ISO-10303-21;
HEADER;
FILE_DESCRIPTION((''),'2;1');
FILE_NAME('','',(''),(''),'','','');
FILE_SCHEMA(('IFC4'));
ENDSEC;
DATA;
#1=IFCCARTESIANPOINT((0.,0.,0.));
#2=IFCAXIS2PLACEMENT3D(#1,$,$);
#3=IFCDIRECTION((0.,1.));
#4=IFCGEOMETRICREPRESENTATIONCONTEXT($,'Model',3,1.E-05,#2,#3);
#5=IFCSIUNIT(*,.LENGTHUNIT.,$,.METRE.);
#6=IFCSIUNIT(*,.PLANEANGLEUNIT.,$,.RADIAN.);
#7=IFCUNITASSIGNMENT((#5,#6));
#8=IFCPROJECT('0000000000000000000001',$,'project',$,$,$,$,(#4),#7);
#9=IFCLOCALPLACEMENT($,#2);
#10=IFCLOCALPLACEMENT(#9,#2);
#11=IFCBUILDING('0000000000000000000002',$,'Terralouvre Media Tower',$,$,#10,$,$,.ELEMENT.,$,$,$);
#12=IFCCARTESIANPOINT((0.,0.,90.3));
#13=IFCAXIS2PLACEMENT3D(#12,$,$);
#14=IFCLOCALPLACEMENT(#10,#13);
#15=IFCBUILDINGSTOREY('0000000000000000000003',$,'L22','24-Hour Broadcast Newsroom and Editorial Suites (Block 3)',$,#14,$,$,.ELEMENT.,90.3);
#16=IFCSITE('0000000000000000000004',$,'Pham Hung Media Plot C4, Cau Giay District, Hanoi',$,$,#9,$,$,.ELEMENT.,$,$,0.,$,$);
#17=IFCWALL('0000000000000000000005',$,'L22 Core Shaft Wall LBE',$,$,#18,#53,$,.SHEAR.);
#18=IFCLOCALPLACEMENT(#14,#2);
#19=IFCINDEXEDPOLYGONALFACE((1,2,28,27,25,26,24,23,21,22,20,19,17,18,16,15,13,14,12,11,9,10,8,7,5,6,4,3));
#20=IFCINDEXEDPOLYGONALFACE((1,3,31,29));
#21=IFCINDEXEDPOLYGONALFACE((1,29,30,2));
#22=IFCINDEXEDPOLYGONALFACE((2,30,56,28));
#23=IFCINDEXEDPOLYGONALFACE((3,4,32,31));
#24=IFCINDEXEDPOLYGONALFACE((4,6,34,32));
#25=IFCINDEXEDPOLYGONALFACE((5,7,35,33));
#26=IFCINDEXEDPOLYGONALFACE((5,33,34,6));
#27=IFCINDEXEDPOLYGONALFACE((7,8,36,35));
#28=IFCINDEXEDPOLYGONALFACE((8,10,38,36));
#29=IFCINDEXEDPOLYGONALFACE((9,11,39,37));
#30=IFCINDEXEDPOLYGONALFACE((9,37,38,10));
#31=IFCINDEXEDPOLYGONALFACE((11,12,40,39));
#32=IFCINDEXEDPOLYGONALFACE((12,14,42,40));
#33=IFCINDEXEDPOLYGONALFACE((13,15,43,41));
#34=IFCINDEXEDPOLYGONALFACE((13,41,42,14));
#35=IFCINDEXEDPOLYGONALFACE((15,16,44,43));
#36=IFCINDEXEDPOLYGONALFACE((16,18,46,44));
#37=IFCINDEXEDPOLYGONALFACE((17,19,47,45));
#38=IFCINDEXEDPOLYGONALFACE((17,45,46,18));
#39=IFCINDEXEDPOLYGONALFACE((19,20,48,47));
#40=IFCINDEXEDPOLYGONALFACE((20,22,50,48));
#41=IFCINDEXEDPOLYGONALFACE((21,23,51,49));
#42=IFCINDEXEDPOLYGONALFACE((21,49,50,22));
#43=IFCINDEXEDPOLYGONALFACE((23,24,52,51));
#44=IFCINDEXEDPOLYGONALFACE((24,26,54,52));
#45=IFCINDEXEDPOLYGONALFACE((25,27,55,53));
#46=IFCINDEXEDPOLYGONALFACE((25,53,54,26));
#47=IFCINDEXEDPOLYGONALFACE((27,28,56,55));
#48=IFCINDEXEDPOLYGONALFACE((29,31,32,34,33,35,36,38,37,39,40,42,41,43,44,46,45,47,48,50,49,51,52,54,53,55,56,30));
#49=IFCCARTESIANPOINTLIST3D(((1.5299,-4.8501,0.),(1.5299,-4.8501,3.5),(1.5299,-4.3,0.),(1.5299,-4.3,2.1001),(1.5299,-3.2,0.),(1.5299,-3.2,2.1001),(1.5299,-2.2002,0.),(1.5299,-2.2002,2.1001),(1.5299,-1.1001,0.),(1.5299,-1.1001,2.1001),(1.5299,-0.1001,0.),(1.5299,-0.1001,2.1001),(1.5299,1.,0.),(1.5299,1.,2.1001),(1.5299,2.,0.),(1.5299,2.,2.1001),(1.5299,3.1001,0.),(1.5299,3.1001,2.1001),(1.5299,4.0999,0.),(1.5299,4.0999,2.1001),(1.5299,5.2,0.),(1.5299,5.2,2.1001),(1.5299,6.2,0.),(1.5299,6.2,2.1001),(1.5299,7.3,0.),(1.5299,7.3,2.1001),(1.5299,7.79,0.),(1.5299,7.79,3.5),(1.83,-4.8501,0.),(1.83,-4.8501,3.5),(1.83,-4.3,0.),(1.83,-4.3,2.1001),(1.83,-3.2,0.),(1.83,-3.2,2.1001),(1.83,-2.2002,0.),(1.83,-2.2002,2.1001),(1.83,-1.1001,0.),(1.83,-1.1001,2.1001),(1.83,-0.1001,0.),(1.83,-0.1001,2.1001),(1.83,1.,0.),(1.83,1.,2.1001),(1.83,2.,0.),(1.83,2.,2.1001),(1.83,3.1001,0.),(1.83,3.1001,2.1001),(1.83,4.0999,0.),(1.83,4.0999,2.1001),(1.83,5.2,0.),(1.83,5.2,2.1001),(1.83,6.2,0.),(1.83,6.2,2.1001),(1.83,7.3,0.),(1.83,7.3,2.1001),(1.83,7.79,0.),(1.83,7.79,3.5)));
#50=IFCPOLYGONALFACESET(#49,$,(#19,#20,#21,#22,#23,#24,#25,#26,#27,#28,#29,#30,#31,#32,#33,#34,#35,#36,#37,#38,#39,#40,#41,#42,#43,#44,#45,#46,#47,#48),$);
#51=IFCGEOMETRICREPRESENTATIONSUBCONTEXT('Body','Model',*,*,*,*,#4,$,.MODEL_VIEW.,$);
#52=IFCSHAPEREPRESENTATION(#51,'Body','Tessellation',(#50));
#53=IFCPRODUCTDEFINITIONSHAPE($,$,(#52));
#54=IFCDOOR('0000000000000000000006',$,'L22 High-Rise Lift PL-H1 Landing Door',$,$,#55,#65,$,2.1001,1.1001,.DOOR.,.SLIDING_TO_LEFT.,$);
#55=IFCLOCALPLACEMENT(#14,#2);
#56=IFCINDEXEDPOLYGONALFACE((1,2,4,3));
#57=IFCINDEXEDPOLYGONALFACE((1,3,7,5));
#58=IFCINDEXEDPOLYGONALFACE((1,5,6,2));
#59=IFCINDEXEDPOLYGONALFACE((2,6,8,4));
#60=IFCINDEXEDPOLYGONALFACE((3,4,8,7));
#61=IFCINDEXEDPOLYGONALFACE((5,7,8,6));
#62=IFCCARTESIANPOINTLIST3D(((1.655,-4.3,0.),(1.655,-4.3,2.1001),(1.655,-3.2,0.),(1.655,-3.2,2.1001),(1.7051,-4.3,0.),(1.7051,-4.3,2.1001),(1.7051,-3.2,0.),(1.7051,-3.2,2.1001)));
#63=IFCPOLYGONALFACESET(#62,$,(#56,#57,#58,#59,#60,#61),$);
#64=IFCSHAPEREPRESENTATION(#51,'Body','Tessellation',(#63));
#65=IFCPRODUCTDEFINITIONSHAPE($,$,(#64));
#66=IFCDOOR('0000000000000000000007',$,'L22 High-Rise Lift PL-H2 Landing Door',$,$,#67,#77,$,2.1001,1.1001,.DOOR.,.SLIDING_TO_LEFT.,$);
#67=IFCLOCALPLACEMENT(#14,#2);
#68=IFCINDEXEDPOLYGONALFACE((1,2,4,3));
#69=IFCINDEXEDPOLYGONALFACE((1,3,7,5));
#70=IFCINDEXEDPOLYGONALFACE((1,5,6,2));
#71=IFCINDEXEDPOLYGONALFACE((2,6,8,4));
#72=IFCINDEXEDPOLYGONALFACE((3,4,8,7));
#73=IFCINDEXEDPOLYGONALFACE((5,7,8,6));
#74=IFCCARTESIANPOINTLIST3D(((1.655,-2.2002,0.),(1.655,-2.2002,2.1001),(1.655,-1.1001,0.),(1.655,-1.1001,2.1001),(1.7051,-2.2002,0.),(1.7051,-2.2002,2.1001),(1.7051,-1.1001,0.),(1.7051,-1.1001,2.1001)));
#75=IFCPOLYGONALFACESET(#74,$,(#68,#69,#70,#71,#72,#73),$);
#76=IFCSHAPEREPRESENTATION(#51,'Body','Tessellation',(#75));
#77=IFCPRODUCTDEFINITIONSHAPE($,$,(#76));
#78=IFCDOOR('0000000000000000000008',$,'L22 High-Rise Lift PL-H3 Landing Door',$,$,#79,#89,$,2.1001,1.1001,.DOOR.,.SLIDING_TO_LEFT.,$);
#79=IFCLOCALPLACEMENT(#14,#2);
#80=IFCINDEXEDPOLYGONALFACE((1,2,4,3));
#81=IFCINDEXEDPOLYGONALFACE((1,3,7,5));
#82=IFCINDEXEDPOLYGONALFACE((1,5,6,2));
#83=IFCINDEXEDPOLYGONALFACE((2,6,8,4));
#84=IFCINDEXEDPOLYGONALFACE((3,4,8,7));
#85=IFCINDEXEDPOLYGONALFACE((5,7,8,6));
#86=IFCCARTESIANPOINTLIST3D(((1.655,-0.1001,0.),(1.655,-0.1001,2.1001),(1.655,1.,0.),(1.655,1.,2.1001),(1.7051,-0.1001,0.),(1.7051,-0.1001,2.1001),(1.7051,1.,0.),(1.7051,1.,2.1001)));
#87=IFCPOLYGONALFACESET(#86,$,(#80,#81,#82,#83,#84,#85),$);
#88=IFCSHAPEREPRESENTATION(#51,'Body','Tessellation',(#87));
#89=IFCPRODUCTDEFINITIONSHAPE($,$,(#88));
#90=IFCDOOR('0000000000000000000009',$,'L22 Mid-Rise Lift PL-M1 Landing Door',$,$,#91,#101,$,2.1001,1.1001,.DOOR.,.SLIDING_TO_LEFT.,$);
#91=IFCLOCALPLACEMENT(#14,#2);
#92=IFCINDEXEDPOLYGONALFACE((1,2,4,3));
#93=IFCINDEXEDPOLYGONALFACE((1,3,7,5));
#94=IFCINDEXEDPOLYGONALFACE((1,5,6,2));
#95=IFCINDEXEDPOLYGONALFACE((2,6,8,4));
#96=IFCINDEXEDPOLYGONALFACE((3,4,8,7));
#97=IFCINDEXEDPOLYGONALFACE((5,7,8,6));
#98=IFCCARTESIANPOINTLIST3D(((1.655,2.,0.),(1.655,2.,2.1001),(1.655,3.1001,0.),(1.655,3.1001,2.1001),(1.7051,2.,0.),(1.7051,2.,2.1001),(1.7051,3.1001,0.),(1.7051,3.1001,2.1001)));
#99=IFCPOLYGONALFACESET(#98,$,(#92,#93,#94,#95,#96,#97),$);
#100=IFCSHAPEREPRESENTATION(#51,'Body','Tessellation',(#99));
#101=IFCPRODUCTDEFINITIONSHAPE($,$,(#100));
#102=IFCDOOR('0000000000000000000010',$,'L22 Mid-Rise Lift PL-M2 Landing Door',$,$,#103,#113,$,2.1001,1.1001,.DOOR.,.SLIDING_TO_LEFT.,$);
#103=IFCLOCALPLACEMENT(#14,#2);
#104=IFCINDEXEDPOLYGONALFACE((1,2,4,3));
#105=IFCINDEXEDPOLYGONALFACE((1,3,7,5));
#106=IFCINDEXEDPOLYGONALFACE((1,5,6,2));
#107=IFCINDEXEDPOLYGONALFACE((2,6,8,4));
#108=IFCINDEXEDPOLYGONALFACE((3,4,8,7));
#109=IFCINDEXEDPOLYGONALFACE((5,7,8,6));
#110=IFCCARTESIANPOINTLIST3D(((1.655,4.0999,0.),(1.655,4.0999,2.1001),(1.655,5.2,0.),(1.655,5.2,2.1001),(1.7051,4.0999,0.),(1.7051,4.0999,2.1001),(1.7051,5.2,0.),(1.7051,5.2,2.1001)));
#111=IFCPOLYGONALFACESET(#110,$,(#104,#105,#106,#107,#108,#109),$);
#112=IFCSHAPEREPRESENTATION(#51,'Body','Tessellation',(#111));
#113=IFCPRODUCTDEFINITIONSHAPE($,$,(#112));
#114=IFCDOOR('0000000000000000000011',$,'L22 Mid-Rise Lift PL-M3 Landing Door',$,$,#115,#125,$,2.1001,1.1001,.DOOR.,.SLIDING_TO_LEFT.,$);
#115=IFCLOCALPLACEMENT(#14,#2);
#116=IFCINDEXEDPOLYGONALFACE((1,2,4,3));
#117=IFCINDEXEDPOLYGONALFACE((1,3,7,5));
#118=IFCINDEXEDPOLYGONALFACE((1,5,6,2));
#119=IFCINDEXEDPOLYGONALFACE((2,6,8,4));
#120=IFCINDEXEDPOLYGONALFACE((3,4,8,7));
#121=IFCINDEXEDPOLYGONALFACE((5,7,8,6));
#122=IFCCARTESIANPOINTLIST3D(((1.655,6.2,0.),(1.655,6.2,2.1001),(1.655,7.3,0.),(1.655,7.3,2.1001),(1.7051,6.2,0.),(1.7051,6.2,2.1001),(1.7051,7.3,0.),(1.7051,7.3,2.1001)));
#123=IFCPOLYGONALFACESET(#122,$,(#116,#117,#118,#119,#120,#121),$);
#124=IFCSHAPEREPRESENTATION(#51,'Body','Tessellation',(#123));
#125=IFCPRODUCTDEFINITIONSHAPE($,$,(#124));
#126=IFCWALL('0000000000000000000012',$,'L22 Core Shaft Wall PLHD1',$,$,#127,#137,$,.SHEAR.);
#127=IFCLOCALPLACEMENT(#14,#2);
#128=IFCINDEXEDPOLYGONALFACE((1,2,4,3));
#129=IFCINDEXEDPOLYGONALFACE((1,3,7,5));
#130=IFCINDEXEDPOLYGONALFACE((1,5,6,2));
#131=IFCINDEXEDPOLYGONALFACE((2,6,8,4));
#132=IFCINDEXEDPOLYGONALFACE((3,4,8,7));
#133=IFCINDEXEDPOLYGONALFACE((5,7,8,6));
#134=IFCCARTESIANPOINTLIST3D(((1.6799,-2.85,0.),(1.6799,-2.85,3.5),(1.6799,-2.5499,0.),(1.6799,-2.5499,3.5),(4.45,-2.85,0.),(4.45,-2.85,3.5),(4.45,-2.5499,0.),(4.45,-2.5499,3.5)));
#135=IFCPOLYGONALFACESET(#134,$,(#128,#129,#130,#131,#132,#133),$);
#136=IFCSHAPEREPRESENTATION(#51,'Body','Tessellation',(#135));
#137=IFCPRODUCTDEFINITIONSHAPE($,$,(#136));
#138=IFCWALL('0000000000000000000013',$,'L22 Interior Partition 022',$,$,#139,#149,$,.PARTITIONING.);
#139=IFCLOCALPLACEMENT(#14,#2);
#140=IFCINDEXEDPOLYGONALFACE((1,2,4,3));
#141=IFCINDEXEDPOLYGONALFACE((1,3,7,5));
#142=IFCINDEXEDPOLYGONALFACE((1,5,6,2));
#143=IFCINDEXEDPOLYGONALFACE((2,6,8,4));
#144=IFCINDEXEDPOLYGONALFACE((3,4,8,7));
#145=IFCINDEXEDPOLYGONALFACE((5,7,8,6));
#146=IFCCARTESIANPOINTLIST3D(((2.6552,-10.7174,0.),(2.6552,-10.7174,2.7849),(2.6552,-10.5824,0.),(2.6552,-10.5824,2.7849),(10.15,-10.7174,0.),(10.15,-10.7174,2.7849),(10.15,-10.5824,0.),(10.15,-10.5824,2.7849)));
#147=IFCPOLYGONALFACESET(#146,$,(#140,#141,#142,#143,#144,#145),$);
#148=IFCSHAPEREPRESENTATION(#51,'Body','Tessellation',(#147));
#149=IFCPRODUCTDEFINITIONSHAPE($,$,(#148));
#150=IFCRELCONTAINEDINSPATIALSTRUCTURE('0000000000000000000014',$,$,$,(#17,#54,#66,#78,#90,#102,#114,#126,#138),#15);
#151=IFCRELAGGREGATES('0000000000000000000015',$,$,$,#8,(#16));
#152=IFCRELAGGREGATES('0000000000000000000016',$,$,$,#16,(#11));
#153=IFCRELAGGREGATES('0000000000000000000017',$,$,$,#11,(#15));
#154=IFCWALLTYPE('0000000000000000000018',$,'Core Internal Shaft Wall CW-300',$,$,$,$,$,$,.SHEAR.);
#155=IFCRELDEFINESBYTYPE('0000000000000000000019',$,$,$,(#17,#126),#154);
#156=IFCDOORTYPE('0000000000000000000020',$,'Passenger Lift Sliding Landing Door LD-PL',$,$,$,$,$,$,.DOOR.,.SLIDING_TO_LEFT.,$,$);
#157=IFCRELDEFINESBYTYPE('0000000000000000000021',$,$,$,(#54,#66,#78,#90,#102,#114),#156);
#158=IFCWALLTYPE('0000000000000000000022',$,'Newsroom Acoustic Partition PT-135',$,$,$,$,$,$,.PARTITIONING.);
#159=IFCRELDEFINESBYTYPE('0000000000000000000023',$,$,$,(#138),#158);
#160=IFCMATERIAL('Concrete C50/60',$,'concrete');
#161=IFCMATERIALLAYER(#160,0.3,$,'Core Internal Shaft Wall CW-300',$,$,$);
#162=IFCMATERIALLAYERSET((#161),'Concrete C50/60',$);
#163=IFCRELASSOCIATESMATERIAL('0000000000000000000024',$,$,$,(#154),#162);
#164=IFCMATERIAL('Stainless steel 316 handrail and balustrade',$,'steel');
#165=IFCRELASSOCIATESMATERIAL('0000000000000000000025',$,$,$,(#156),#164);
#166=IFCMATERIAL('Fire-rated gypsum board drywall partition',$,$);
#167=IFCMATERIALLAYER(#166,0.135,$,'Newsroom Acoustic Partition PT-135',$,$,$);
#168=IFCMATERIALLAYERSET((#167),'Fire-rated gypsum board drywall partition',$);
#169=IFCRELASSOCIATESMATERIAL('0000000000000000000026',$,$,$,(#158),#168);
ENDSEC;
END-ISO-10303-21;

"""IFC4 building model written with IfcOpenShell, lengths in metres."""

from ifc_helpers import new_model, si_unit, direction, frame, frame_2d, origin, place, context, subcontext, project, spatial, rectangle, extrude, material, layer, layer_set, type_object, element, fill, save


model = new_model("IFC4")

# Units and contexts
model_context = context("Model", 3, precision=1e-05, world=origin(), true_north=direction((0.0, 1.0)))
body_context = subcontext(model_context, "Body", "Model", "MODEL_VIEW")
ifc_project = project(units=[si_unit("LENGTHUNIT", "METRE"), si_unit("PLANEANGLEUNIT", "RADIAN")], contexts=[model_context])

# Site, building, storey
site_placement = place(None, origin())
site = spatial("IfcSite", under=ifc_project, at=site_placement, Name="Pham Hung Media Plot C4, Cau Giay District, Hanoi", CompositionType="ELEMENT", RefElevation=0.0)
building_placement = place(site_placement, origin())
building = spatial("IfcBuilding", under=site, at=building_placement, Name="Terralouvre Media Tower", CompositionType="ELEMENT")
storey_placement = place(building_placement, frame((0.0, 0.0, 90.3)))
storey = spatial("IfcBuildingStorey", under=building, at=storey_placement, Name="L22", Description="24-Hour Broadcast Newsroom and Editorial Suites (Block 3)", CompositionType="ELEMENT", Elevation=90.3)

# Shared definitions
ifc_material_1 = material(Name="Concrete C50/60", Category="concrete")
ifc_layer_1 = layer(ifc_material_1, 0.3, Name="Core Internal Shaft Wall CW-300")
ifc_layer_set_1 = layer_set([ifc_layer_1], Name="Concrete C50/60")
wall_type_1 = type_object("IfcWallType", Name="Core Internal Shaft Wall CW-300", PredefinedType="SHEAR", material=ifc_layer_set_1)

# Wall, openings, doors
ifc_material_2 = material(Name="Stainless steel 316 handrail and balustrade", Category="steel")
door_type_1 = type_object("IfcDoorType", Name="Passenger Lift Sliding Landing Door LD-PL", OperationType="SLIDING_TO_LEFT", PredefinedType="DOOR", material=ifc_material_2)
wall_1_placement = place(storey_placement, frame((1.6799, -4.8501, 0.0), z_axis=(0.0, 0.0, 1.0), x_axis=(0.0, 1.0, 0.0)))
wall_1 = element("IfcWall", 1, at=wall_1_placement, inside=storey, type_object=wall_type_1, Name="L22 Core Shaft Wall LBE", PredefinedType="SHEAR", context=body_context, shape_type="SweptSolid", body=[
    extrude(rectangle(XDim=12.6401, YDim=0.3, at=frame_2d((6.3201, 0.0))), origin(), (0.0, 0.0, 1.0), 3.5),
])
opening_1_placement = place(wall_1_placement, frame((0.55, 0.0, 0.0)))
opening_1 = element("IfcOpeningElement", 2, at=opening_1_placement, cuts=wall_1, PredefinedType="OPENING", context=body_context, shape_type="SweptSolid", body=[
    extrude(rectangle(XDim=1.1001, YDim=2.1001, at=frame_2d((0.55, 1.05))), frame((0.0, 0.1599, 0.0), z_axis=(0.0, -1.0, 0.0), x_axis=(1.0, 0.0, 0.0)), (0.0, 0.0, 1.0), 0.3201),
])
opening_2_placement = place(wall_1_placement, frame((2.6499, 0.0, 0.0)))
opening_2 = element("IfcOpeningElement", 3, at=opening_2_placement, cuts=wall_1, PredefinedType="OPENING", context=body_context, shape_type="SweptSolid", body=[
    extrude(rectangle(XDim=1.1001, YDim=2.1001, at=frame_2d((0.55, 1.05))), frame((0.0, 0.1599, 0.0), z_axis=(0.0, -1.0, 0.0), x_axis=(1.0, 0.0, 0.0)), (0.0, 0.0, 1.0), 0.3201),
])
opening_3_placement = place(wall_1_placement, frame((4.75, 0.0, 0.0)))
opening_3 = element("IfcOpeningElement", 4, at=opening_3_placement, cuts=wall_1, PredefinedType="OPENING", context=body_context, shape_type="SweptSolid", body=[
    extrude(rectangle(XDim=1.1001, YDim=2.1001, at=frame_2d((0.55, 1.05))), frame((0.0, 0.1599, 0.0), z_axis=(0.0, -1.0, 0.0), x_axis=(1.0, 0.0, 0.0)), (0.0, 0.0, 1.0), 0.3201),
])
opening_4_placement = place(wall_1_placement, frame((6.8501, 0.0, 0.0)))
opening_4 = element("IfcOpeningElement", 5, at=opening_4_placement, cuts=wall_1, PredefinedType="OPENING", context=body_context, shape_type="SweptSolid", body=[
    extrude(rectangle(XDim=1.1001, YDim=2.1001, at=frame_2d((0.55, 1.05))), frame((0.0, 0.1599, 0.0), z_axis=(0.0, -1.0, 0.0), x_axis=(1.0, 0.0, 0.0)), (0.0, 0.0, 1.0), 0.3201),
])
opening_5_placement = place(wall_1_placement, frame((8.95, 0.0, 0.0)))
opening_5 = element("IfcOpeningElement", 6, at=opening_5_placement, cuts=wall_1, PredefinedType="OPENING", context=body_context, shape_type="SweptSolid", body=[
    extrude(rectangle(XDim=1.1001, YDim=2.1001, at=frame_2d((0.55, 1.05))), frame((0.0, 0.1599, 0.0), z_axis=(0.0, -1.0, 0.0), x_axis=(1.0, 0.0, 0.0)), (0.0, 0.0, 1.0), 0.3201),
])
opening_6_placement = place(wall_1_placement, frame((11.05, 0.0, 0.0)))
opening_6 = element("IfcOpeningElement", 7, at=opening_6_placement, cuts=wall_1, PredefinedType="OPENING", context=body_context, shape_type="SweptSolid", body=[
    extrude(rectangle(XDim=1.1001, YDim=2.1001, at=frame_2d((0.55, 1.05))), frame((0.0, 0.1599, 0.0), z_axis=(0.0, -1.0, 0.0), x_axis=(1.0, 0.0, 0.0)), (0.0, 0.0, 1.0), 0.3201),
])
door_1_placement = place(opening_1_placement, origin())
door_1 = element("IfcDoor", 8, at=door_1_placement, inside=storey, type_object=door_type_1, Name="L22 High-Rise Lift PL-H1 Landing Door", OperationType="SLIDING_TO_LEFT", OverallHeight=2.1001, OverallWidth=1.1001, PredefinedType="DOOR", context=body_context, shape_type="SweptSolid", body=[
    extrude(rectangle(XDim=1.1001, YDim=2.1001, at=frame_2d((0.55, 1.05))), frame((0.0, 0.0249, 0.0), z_axis=(0.0, -1.0, 0.0), x_axis=(1.0, 0.0, 0.0)), (0.0, 0.0, 1.0), 0.05),
])
fill(opening_1, door_1)
door_2_placement = place(opening_2_placement, origin())
door_2 = element("IfcDoor", 9, at=door_2_placement, inside=storey, type_object=door_type_1, Name="L22 High-Rise Lift PL-H2 Landing Door", OperationType="SLIDING_TO_LEFT", OverallHeight=2.1001, OverallWidth=1.1001, PredefinedType="DOOR", context=body_context, shape_type="SweptSolid", body=[
    extrude(rectangle(XDim=1.1001, YDim=2.1001, at=frame_2d((0.55, 1.05))), frame((0.0, 0.0249, 0.0), z_axis=(0.0, -1.0, 0.0), x_axis=(1.0, 0.0, 0.0)), (0.0, 0.0, 1.0), 0.05),
])
fill(opening_2, door_2)
door_3_placement = place(opening_3_placement, origin())
door_3 = element("IfcDoor", 10, at=door_3_placement, inside=storey, type_object=door_type_1, Name="L22 High-Rise Lift PL-H3 Landing Door", OperationType="SLIDING_TO_LEFT", OverallHeight=2.1001, OverallWidth=1.1001, PredefinedType="DOOR", context=body_context, shape_type="SweptSolid", body=[
    extrude(rectangle(XDim=1.1001, YDim=2.1001, at=frame_2d((0.55, 1.05))), frame((0.0, 0.0249, 0.0), z_axis=(0.0, -1.0, 0.0), x_axis=(1.0, 0.0, 0.0)), (0.0, 0.0, 1.0), 0.05),
])
fill(opening_3, door_3)
door_4_placement = place(opening_4_placement, origin())
door_4 = element("IfcDoor", 11, at=door_4_placement, inside=storey, type_object=door_type_1, Name="L22 Mid-Rise Lift PL-M1 Landing Door", OperationType="SLIDING_TO_LEFT", OverallHeight=2.1001, OverallWidth=1.1001, PredefinedType="DOOR", context=body_context, shape_type="SweptSolid", body=[
    extrude(rectangle(XDim=1.1001, YDim=2.1001, at=frame_2d((0.55, 1.05))), frame((0.0, 0.0249, 0.0), z_axis=(0.0, -1.0, 0.0), x_axis=(1.0, 0.0, 0.0)), (0.0, 0.0, 1.0), 0.05),
])
fill(opening_4, door_4)
door_5_placement = place(opening_5_placement, origin())
door_5 = element("IfcDoor", 12, at=door_5_placement, inside=storey, type_object=door_type_1, Name="L22 Mid-Rise Lift PL-M2 Landing Door", OperationType="SLIDING_TO_LEFT", OverallHeight=2.1001, OverallWidth=1.1001, PredefinedType="DOOR", context=body_context, shape_type="SweptSolid", body=[
    extrude(rectangle(XDim=1.1001, YDim=2.1001, at=frame_2d((0.55, 1.05))), frame((0.0, 0.0249, 0.0), z_axis=(0.0, -1.0, 0.0), x_axis=(1.0, 0.0, 0.0)), (0.0, 0.0, 1.0), 0.05),
])
fill(opening_5, door_5)
door_6_placement = place(opening_6_placement, origin())
door_6 = element("IfcDoor", 13, at=door_6_placement, inside=storey, type_object=door_type_1, Name="L22 Mid-Rise Lift PL-M3 Landing Door", OperationType="SLIDING_TO_LEFT", OverallHeight=2.1001, OverallWidth=1.1001, PredefinedType="DOOR", context=body_context, shape_type="SweptSolid", body=[
    extrude(rectangle(XDim=1.1001, YDim=2.1001, at=frame_2d((0.55, 1.05))), frame((0.0, 0.0249, 0.0), z_axis=(0.0, -1.0, 0.0), x_axis=(1.0, 0.0, 0.0)), (0.0, 0.0, 1.0), 0.05),
])
fill(opening_6, door_6)

# Walls
wall_2_placement = place(storey_placement, frame((1.6799, -2.7, 0.0), z_axis=(0.0, 0.0, 1.0), x_axis=(1.0, 0.0, 0.0)))
element("IfcWall", 14, at=wall_2_placement, inside=storey, type_object=wall_type_1, Name="L22 Core Shaft Wall PLHD1", PredefinedType="SHEAR", context=body_context, shape_type="SweptSolid", body=[
    extrude(rectangle(XDim=2.77, YDim=0.3, at=frame_2d((1.385, 0.0))), origin(), (0.0, 0.0, 1.0), 3.5),
])
ifc_material_3 = material(Name="Fire-rated gypsum board drywall partition")
ifc_layer_2 = layer(ifc_material_3, 0.135, Name="Newsroom Acoustic Partition PT-135")
ifc_layer_set_2 = layer_set([ifc_layer_2], Name="Fire-rated gypsum board drywall partition")
wall_type_2 = type_object("IfcWallType", Name="Newsroom Acoustic Partition PT-135", PredefinedType="PARTITIONING", material=ifc_layer_set_2)
wall_3_placement = place(storey_placement, frame((2.655, -10.6499, 0.0), z_axis=(0.0, 0.0, 1.0), x_axis=(1.0, 0.0, 0.0)))
element("IfcWall", 15, at=wall_3_placement, inside=storey, type_object=wall_type_2, Name="L22 Interior Partition 022", PredefinedType="PARTITIONING", context=body_context, shape_type="SweptSolid", body=[
    extrude(rectangle(XDim=7.4949, YDim=0.135, at=frame_2d((3.7476, 0.0))), origin(), (0.0, 0.0, 1.0), 2.7849),
])

save(model, "model.ifc")
